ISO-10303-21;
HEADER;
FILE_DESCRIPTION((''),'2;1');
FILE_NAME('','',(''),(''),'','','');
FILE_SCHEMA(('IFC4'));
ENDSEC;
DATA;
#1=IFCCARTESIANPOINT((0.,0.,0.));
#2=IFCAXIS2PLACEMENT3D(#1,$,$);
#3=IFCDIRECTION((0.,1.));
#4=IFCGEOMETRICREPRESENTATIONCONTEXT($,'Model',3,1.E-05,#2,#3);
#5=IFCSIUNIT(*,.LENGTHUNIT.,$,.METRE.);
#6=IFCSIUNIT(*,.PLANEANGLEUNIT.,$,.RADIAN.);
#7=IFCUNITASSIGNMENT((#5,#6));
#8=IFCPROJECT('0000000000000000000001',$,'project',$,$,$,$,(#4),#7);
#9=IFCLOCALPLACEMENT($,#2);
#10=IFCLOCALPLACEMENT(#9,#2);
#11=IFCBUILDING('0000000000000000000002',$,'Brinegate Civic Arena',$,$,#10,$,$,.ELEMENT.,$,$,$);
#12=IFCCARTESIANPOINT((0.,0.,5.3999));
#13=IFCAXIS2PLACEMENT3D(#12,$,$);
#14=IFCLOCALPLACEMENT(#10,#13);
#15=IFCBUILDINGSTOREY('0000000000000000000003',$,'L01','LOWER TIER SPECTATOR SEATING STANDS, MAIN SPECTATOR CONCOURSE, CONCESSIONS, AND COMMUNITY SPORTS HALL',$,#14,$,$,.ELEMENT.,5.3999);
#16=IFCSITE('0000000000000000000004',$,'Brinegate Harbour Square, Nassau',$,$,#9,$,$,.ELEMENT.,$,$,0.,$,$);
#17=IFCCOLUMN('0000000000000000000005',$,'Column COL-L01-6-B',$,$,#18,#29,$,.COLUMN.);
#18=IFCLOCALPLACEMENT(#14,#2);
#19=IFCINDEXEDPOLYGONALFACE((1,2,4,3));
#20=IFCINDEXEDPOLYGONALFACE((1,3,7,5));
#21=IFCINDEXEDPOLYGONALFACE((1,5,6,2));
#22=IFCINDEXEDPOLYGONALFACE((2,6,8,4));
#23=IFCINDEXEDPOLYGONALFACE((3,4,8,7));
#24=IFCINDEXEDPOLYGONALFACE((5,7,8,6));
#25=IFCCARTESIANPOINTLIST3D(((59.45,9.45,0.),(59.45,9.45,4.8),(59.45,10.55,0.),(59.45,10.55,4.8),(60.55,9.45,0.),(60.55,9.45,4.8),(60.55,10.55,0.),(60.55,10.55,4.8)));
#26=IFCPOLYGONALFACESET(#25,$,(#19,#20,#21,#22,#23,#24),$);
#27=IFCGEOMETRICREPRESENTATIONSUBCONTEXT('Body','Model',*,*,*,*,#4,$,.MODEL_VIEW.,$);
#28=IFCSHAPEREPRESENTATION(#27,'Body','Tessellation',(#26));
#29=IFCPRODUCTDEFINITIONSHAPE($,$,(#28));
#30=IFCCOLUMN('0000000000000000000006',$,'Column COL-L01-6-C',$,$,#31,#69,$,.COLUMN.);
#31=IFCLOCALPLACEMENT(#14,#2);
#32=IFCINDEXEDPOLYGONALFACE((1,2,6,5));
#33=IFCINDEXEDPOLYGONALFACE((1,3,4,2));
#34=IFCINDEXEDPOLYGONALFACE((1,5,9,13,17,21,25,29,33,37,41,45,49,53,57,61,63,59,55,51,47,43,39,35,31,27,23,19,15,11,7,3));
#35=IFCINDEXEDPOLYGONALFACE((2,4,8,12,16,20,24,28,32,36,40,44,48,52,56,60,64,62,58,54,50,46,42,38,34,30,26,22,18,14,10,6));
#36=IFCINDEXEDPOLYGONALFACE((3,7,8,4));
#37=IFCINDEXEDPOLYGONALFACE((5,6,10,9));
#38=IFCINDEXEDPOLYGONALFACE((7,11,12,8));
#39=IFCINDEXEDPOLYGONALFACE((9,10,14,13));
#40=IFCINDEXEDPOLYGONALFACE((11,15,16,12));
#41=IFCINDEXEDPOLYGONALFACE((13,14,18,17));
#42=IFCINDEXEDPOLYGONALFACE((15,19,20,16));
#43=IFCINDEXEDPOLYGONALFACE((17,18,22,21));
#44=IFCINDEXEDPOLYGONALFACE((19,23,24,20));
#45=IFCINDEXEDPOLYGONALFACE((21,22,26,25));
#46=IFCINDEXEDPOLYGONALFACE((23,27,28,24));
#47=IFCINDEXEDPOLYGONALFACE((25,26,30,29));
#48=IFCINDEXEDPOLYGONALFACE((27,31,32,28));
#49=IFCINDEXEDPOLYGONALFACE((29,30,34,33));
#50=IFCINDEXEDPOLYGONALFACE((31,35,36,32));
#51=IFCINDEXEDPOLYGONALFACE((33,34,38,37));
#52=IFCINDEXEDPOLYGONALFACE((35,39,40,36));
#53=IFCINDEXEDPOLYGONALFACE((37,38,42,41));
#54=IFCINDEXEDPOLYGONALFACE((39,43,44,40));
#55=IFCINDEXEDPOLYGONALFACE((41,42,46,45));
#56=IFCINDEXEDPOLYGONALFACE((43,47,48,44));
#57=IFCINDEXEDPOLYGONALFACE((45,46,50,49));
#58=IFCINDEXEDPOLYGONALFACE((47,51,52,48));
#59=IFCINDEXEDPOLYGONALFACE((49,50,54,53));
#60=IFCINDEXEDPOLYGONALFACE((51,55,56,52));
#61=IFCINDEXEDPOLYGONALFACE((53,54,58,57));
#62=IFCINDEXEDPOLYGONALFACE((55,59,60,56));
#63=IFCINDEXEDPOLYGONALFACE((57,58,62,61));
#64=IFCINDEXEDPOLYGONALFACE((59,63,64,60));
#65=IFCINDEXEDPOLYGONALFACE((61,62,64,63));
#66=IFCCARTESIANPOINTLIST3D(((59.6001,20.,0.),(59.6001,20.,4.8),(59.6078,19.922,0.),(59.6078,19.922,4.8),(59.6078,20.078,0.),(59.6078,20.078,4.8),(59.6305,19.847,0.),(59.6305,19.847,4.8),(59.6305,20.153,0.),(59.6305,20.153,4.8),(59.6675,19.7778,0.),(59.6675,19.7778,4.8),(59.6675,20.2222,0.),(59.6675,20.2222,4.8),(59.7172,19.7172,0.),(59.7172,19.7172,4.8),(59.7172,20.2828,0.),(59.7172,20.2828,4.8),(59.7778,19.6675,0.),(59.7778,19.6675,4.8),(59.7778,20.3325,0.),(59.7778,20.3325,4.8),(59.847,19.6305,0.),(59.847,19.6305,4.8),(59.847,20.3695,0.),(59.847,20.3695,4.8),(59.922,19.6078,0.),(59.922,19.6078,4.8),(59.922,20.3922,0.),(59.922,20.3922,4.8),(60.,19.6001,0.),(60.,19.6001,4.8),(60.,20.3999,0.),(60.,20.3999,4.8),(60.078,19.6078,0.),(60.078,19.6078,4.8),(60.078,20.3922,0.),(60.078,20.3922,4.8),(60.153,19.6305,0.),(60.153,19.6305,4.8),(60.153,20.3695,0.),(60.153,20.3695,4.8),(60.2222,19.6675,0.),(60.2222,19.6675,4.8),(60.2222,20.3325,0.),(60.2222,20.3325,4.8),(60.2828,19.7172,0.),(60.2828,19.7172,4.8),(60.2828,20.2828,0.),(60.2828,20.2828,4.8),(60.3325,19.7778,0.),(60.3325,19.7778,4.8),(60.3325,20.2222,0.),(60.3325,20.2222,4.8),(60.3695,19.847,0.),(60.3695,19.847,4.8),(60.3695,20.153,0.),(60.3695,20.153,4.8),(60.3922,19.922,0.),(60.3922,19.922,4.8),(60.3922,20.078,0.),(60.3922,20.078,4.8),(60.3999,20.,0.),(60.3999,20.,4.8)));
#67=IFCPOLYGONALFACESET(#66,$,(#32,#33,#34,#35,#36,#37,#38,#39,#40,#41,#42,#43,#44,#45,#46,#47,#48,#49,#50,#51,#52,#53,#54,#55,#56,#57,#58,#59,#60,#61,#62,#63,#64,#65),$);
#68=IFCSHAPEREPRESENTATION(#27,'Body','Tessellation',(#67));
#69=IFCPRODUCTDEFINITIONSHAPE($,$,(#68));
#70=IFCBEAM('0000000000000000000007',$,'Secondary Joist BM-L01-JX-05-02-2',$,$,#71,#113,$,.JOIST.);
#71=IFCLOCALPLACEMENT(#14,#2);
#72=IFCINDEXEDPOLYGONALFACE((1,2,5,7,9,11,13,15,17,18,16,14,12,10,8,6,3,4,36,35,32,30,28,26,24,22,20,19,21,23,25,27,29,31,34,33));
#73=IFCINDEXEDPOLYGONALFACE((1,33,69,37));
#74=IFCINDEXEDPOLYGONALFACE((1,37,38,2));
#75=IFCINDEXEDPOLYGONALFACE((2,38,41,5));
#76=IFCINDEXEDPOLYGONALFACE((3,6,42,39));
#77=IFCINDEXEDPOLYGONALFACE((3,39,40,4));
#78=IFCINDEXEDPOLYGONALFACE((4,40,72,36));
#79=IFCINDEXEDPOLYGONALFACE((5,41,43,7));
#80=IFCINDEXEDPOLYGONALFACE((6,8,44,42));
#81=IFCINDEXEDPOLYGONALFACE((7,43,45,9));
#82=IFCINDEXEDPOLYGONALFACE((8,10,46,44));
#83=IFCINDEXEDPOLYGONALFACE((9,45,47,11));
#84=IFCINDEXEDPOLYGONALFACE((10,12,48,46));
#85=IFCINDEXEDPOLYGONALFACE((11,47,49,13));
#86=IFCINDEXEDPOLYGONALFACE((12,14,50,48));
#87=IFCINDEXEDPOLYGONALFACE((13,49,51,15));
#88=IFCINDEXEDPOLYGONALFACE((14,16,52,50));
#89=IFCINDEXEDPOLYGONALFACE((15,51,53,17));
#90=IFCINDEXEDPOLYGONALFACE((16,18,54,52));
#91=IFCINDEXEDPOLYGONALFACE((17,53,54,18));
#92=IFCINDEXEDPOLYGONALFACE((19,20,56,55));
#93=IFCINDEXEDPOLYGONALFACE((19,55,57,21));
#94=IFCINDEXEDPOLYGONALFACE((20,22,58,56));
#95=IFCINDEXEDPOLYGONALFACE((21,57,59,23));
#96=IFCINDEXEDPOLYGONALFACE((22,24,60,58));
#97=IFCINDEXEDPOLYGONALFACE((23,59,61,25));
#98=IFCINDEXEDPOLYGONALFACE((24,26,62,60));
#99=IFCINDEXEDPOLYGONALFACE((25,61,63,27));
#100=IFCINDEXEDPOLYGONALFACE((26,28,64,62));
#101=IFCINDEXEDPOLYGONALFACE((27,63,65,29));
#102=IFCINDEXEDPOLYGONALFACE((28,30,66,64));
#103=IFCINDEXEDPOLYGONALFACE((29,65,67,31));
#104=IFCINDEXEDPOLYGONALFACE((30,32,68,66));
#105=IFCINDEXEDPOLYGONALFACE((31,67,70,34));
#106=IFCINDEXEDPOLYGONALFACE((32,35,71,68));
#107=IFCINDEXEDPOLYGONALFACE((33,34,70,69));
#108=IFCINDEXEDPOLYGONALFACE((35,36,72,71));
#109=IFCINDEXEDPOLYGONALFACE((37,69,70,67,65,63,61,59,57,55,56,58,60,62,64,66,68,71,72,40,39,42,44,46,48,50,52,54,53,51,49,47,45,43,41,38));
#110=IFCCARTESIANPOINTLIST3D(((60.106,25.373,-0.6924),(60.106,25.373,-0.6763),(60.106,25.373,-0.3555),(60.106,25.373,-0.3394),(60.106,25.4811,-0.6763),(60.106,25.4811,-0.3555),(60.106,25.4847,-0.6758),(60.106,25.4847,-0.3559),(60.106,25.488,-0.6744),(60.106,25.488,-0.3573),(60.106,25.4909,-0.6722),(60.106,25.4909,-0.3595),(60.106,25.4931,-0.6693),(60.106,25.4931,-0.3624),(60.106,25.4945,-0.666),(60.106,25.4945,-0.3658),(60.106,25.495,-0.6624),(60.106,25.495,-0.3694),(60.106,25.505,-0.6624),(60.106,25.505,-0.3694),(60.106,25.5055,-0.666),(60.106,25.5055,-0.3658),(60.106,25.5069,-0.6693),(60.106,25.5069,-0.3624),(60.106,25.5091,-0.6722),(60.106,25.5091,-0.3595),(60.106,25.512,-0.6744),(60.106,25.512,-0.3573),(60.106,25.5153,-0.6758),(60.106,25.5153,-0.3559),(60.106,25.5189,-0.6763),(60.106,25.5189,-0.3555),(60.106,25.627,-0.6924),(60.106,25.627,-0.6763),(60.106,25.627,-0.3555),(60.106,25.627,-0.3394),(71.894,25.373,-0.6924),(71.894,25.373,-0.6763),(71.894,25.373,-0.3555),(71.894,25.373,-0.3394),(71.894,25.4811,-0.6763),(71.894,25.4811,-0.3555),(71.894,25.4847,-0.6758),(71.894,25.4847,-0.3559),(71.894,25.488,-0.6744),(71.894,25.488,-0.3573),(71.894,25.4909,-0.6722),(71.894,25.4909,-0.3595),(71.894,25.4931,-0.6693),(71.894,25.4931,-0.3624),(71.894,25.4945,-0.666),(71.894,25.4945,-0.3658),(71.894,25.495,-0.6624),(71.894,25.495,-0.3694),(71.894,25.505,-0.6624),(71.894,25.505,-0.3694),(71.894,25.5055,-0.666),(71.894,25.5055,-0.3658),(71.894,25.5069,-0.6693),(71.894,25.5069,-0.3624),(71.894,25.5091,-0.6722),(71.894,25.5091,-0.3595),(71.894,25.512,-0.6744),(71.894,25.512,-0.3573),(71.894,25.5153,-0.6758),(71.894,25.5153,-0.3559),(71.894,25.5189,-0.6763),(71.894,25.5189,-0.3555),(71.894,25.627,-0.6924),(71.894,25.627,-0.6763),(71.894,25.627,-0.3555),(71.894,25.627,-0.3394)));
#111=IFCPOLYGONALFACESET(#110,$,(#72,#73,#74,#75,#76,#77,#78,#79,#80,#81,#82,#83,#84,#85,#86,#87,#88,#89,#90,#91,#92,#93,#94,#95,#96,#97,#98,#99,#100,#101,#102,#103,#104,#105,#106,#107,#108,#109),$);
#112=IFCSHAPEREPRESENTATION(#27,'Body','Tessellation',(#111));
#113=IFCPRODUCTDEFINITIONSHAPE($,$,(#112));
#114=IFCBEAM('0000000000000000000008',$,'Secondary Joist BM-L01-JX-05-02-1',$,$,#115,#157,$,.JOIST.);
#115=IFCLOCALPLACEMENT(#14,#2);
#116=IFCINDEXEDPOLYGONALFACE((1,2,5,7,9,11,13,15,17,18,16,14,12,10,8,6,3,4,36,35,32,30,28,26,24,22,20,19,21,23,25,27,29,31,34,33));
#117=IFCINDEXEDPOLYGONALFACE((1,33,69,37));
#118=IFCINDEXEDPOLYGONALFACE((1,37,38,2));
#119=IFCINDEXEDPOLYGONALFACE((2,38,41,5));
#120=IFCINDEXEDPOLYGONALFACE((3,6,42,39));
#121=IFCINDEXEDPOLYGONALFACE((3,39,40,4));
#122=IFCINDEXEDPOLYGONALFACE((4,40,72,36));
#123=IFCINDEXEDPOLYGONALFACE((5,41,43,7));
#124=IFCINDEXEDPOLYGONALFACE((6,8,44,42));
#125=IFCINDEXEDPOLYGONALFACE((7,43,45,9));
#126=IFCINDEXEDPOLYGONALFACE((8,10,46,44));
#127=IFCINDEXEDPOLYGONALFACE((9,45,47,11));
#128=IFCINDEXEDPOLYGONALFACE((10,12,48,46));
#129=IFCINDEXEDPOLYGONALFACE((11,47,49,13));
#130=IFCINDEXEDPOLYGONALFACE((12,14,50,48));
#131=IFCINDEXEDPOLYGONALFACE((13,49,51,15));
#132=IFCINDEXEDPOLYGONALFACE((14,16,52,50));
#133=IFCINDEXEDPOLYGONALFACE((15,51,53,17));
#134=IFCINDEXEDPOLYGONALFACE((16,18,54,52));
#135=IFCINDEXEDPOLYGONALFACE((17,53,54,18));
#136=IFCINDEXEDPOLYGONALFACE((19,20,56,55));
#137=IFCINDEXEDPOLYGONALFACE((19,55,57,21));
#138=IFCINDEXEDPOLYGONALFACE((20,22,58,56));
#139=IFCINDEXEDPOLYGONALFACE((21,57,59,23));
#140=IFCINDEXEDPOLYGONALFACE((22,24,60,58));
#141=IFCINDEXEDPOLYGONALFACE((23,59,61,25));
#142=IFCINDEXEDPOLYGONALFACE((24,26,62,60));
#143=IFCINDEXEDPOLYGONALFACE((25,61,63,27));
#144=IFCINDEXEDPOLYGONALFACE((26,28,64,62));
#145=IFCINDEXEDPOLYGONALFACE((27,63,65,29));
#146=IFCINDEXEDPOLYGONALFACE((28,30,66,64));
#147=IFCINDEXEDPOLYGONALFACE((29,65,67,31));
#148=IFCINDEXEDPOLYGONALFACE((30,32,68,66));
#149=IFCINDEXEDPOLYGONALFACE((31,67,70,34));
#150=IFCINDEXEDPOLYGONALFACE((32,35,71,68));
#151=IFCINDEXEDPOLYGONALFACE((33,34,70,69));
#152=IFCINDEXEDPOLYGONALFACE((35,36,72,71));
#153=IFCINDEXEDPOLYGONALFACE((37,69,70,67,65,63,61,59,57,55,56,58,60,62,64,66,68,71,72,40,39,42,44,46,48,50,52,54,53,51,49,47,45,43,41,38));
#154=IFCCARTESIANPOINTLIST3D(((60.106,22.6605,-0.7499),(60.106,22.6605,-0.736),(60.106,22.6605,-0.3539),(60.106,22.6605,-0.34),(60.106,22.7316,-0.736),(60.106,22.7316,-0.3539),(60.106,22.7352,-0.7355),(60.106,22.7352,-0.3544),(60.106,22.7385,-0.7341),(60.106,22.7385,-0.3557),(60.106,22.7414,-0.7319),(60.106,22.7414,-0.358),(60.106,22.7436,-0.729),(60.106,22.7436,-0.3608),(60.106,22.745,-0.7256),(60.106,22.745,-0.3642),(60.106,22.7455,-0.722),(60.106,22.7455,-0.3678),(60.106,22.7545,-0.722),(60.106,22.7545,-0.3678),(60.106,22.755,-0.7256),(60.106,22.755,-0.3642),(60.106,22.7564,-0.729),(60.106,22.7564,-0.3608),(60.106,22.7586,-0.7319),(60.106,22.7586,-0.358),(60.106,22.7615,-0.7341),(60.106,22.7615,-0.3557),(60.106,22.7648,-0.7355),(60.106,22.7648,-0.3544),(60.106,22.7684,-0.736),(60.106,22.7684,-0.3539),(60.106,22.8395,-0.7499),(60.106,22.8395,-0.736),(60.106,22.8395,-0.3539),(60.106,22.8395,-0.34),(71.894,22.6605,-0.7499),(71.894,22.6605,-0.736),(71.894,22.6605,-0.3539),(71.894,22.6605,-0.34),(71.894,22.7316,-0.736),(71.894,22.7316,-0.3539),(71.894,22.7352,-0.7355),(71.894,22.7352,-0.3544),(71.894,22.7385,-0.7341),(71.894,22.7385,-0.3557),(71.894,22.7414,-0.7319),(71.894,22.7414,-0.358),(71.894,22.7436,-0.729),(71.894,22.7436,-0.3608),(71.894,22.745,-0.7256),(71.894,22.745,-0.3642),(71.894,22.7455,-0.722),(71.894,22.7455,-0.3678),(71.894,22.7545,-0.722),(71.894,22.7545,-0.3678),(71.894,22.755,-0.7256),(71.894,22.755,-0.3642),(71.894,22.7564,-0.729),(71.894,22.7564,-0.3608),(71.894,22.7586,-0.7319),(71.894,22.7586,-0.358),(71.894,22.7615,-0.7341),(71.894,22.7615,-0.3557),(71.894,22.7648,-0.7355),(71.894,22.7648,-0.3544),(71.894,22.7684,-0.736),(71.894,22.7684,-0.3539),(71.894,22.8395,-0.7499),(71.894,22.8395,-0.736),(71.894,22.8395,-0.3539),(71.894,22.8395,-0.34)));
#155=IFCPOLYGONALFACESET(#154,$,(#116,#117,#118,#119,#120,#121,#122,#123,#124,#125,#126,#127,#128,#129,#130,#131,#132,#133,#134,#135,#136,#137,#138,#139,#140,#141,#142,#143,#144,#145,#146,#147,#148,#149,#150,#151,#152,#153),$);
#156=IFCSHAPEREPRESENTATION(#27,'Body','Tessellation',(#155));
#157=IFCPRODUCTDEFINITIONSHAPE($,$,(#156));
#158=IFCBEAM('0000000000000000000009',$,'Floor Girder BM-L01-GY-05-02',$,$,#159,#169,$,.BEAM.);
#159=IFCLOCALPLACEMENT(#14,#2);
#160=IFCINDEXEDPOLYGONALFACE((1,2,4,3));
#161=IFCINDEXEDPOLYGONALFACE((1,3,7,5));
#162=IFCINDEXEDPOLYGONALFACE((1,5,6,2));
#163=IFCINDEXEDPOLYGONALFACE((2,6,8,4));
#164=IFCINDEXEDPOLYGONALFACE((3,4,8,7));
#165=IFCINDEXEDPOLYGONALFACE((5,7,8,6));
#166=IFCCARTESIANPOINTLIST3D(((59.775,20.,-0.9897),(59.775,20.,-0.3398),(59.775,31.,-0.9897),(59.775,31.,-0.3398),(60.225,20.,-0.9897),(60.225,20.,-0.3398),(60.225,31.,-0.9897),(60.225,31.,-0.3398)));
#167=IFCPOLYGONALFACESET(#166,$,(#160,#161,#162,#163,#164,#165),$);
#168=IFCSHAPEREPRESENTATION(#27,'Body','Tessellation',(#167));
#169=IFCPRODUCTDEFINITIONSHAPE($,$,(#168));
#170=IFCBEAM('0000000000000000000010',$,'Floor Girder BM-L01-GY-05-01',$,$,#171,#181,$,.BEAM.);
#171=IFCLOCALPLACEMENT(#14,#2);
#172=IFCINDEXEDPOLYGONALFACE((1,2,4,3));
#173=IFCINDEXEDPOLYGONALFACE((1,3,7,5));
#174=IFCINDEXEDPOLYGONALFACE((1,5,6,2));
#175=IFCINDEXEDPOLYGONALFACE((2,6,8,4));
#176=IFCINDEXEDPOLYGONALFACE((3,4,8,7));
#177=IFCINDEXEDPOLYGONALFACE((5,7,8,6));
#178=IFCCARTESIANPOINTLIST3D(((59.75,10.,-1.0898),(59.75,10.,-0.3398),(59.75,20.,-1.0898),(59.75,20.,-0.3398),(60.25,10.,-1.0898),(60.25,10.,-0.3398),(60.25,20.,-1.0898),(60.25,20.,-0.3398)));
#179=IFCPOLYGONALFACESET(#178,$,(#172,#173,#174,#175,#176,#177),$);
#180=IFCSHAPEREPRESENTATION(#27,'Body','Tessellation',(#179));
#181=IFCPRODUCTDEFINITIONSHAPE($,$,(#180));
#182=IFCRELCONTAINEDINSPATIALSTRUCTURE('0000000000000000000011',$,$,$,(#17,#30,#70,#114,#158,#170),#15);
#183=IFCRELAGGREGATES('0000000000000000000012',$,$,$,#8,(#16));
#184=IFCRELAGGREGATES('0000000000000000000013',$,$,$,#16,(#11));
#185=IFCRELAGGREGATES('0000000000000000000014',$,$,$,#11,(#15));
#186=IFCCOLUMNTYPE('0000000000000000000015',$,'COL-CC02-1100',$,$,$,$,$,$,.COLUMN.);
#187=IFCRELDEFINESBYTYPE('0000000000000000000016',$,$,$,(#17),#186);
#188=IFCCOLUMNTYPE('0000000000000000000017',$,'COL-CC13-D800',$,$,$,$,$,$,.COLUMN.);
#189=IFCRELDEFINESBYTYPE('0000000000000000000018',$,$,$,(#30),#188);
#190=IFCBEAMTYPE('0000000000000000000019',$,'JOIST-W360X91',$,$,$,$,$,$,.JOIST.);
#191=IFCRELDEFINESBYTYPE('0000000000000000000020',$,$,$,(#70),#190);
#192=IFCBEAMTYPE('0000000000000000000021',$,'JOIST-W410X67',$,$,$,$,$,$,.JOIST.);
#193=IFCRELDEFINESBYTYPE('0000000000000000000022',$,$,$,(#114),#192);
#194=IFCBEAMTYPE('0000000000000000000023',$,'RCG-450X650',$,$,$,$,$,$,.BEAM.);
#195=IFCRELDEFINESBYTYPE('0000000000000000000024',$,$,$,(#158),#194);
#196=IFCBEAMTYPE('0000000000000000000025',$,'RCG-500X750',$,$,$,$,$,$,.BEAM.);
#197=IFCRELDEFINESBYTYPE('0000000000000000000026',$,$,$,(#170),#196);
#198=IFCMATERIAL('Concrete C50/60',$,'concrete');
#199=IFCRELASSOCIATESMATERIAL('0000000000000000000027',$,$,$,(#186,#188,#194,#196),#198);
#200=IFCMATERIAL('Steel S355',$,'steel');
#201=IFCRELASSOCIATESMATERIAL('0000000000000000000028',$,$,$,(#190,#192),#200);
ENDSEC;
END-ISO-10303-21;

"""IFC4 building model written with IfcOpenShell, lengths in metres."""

from ifc_helpers import new_model, si_unit, direction, frame, origin, origin_2d, place, context, subcontext, project, spatial, rectangle, circle, i_section, extrude, material, material_profile, profile_set, type_object, element, save


model = new_model("IFC4")

# Units and contexts
model_context = context("Model", 3, precision=1e-05, world=origin(), true_north=direction((0.0, 1.0)))
body_context = subcontext(model_context, "Body", "Model", "MODEL_VIEW")
ifc_project = project(units=[si_unit("LENGTHUNIT", "METRE"), si_unit("PLANEANGLEUNIT", "RADIAN")], contexts=[model_context])

# Site, building, storey
site_placement = place(None, origin())
site = spatial("IfcSite", under=ifc_project, at=site_placement, Name="Brinegate Harbour Square, Nassau", CompositionType="ELEMENT", RefElevation=0.0)
building_placement = place(site_placement, origin())
building = spatial("IfcBuilding", under=site, at=building_placement, Name="Brinegate Civic Arena", CompositionType="ELEMENT")
storey_placement = place(building_placement, frame((0.0, 0.0, 5.3999)))
storey = spatial("IfcBuildingStorey", under=building, at=storey_placement, Name="L01", Description="LOWER TIER SPECTATOR SEATING STANDS, MAIN SPECTATOR CONCOURSE, CONCESSIONS, AND COMMUNITY SPORTS HALL", CompositionType="ELEMENT", Elevation=5.3999)

# Columns
ifc_material_1 = material(Name="Concrete C50/60", Category="concrete")
ifc_material_profile_1 = material_profile(ifc_material_1, rectangle(XDim=1.1001, YDim=1.1001, at=origin_2d()), Name="RC1100X1100")
ifc_profile_set_1 = profile_set([ifc_material_profile_1], Name="Concrete C50/60")
column_type_1 = type_object("IfcColumnType", Name="COL-CC02-1100", PredefinedType="COLUMN", material=ifc_profile_set_1)
column_1_placement = place(storey_placement, frame((60.0, 10.0, 0.0), z_axis=(0.0, 0.0, 1.0), x_axis=(1.0, 0.0, 0.0)))
element("IfcColumn", 1, at=column_1_placement, inside=storey, type_object=column_type_1, Name="Column COL-L01-6-B", PredefinedType="COLUMN", context=body_context, shape_type="SweptSolid", body=[
    extrude(rectangle(XDim=1.1001, YDim=1.1001, at=origin_2d()), origin(), (0.0, 0.0, 1.0), 4.8),
])
ifc_material_profile_2 = material_profile(ifc_material_1, circle(Radius=0.3999, at=origin_2d()), Name="RCD800")
ifc_profile_set_2 = profile_set([ifc_material_profile_2], Name="Concrete C50/60")
column_type_2 = type_object("IfcColumnType", Name="COL-CC13-D800", PredefinedType="COLUMN", material=ifc_profile_set_2)
column_2_placement = place(storey_placement, frame((60.0, 20.0, 0.0), z_axis=(0.0, 0.0, 1.0), x_axis=(1.0, 0.0, 0.0)))
element("IfcColumn", 2, at=column_2_placement, inside=storey, type_object=column_type_2, Name="Column COL-L01-6-C", PredefinedType="COLUMN", context=body_context, shape_type="SweptSolid", body=[
    extrude(circle(Radius=0.3999, at=origin_2d()), origin(), (0.0, 0.0, 1.0), 4.8),
])

# Beams
ifc_material_2 = material(Name="Steel S355", Category="steel")
ifc_material_profile_3 = material_profile(ifc_material_2, i_section(OverallWidth=0.2539, OverallDepth=0.353, WebThickness=0.01, FlangeThickness=0.0161, FilletRadius=0.0139, at=origin_2d()), Name="W360X91")
ifc_profile_set_3 = profile_set([ifc_material_profile_3], Name="Steel S355")
beam_type_1 = type_object("IfcBeamType", Name="JOIST-W360X91", PredefinedType="JOIST", material=ifc_profile_set_3)
beam_1_placement = place(storey_placement, frame((60.106, 25.5, -0.5159), z_axis=(1.0, 0.0, 0.0), x_axis=(0.0, 1.0, 0.0)))
element("IfcBeam", 3, at=beam_1_placement, inside=storey, type_object=beam_type_1, Name="Secondary Joist BM-L01-JX-05-02-2", PredefinedType="JOIST", context=body_context, shape_type="SweptSolid", body=[
    extrude(i_section(OverallWidth=0.2539, OverallDepth=0.353, WebThickness=0.01, FlangeThickness=0.0161, FilletRadius=0.0139, at=origin_2d()), origin(), (0.0, 0.0, 1.0), 11.7881),
])
ifc_material_profile_4 = material_profile(ifc_material_2, i_section(OverallWidth=0.179, OverallDepth=0.4099, WebThickness=0.009, FlangeThickness=0.0139, FilletRadius=0.0139, at=origin_2d()), Name="W410X67")
ifc_profile_set_4 = profile_set([ifc_material_profile_4], Name="Steel S355")
beam_type_2 = type_object("IfcBeamType", Name="JOIST-W410X67", PredefinedType="JOIST", material=ifc_profile_set_4)
beam_2_placement = place(storey_placement, frame((60.106, 22.75, -0.5449), z_axis=(1.0, 0.0, 0.0), x_axis=(0.0, 1.0, 0.0)))
element("IfcBeam", 4, at=beam_2_placement, inside=storey, type_object=beam_type_2, Name="Secondary Joist BM-L01-JX-05-02-1", PredefinedType="JOIST", context=body_context, shape_type="SweptSolid", body=[
    extrude(i_section(OverallWidth=0.179, OverallDepth=0.4099, WebThickness=0.009, FlangeThickness=0.0139, FilletRadius=0.0139, at=origin_2d()), origin(), (0.0, 0.0, 1.0), 11.7881),
])
ifc_material_profile_5 = material_profile(ifc_material_1, rectangle(XDim=0.45, YDim=0.6499, at=origin_2d()), Name="RCB450X650")
ifc_profile_set_5 = profile_set([ifc_material_profile_5], Name="Concrete C50/60")
beam_type_3 = type_object("IfcBeamType", Name="RCG-450X650", PredefinedType="BEAM", material=ifc_profile_set_5)
beam_3_placement = place(storey_placement, frame((60.0, 20.0, -0.6648), z_axis=(0.0, 1.0, 0.0), x_axis=(-1.0, 0.0, 0.0)))
element("IfcBeam", 5, at=beam_3_placement, inside=storey, type_object=beam_type_3, Name="Floor Girder BM-L01-GY-05-02", PredefinedType="BEAM", context=body_context, shape_type="SweptSolid", body=[
    extrude(rectangle(XDim=0.45, YDim=0.6499, at=origin_2d()), origin(), (0.0, 0.0, 1.0), 11.0),
])
ifc_material_profile_6 = material_profile(ifc_material_1, rectangle(XDim=0.5, YDim=0.75, at=origin_2d()), Name="RCB500X750")
ifc_profile_set_6 = profile_set([ifc_material_profile_6], Name="Concrete C50/60")
beam_type_4 = type_object("IfcBeamType", Name="RCG-500X750", PredefinedType="BEAM", material=ifc_profile_set_6)
beam_4_placement = place(storey_placement, frame((60.0, 10.0, -0.7148), z_axis=(0.0, 1.0, 0.0), x_axis=(-1.0, 0.0, 0.0)))
element("IfcBeam", 6, at=beam_4_placement, inside=storey, type_object=beam_type_4, Name="Floor Girder BM-L01-GY-05-01", PredefinedType="BEAM", context=body_context, shape_type="SweptSolid", body=[
    extrude(rectangle(XDim=0.5, YDim=0.75, at=origin_2d()), origin(), (0.0, 0.0, 1.0), 10.0),
])

save(model, "model.ifc")
